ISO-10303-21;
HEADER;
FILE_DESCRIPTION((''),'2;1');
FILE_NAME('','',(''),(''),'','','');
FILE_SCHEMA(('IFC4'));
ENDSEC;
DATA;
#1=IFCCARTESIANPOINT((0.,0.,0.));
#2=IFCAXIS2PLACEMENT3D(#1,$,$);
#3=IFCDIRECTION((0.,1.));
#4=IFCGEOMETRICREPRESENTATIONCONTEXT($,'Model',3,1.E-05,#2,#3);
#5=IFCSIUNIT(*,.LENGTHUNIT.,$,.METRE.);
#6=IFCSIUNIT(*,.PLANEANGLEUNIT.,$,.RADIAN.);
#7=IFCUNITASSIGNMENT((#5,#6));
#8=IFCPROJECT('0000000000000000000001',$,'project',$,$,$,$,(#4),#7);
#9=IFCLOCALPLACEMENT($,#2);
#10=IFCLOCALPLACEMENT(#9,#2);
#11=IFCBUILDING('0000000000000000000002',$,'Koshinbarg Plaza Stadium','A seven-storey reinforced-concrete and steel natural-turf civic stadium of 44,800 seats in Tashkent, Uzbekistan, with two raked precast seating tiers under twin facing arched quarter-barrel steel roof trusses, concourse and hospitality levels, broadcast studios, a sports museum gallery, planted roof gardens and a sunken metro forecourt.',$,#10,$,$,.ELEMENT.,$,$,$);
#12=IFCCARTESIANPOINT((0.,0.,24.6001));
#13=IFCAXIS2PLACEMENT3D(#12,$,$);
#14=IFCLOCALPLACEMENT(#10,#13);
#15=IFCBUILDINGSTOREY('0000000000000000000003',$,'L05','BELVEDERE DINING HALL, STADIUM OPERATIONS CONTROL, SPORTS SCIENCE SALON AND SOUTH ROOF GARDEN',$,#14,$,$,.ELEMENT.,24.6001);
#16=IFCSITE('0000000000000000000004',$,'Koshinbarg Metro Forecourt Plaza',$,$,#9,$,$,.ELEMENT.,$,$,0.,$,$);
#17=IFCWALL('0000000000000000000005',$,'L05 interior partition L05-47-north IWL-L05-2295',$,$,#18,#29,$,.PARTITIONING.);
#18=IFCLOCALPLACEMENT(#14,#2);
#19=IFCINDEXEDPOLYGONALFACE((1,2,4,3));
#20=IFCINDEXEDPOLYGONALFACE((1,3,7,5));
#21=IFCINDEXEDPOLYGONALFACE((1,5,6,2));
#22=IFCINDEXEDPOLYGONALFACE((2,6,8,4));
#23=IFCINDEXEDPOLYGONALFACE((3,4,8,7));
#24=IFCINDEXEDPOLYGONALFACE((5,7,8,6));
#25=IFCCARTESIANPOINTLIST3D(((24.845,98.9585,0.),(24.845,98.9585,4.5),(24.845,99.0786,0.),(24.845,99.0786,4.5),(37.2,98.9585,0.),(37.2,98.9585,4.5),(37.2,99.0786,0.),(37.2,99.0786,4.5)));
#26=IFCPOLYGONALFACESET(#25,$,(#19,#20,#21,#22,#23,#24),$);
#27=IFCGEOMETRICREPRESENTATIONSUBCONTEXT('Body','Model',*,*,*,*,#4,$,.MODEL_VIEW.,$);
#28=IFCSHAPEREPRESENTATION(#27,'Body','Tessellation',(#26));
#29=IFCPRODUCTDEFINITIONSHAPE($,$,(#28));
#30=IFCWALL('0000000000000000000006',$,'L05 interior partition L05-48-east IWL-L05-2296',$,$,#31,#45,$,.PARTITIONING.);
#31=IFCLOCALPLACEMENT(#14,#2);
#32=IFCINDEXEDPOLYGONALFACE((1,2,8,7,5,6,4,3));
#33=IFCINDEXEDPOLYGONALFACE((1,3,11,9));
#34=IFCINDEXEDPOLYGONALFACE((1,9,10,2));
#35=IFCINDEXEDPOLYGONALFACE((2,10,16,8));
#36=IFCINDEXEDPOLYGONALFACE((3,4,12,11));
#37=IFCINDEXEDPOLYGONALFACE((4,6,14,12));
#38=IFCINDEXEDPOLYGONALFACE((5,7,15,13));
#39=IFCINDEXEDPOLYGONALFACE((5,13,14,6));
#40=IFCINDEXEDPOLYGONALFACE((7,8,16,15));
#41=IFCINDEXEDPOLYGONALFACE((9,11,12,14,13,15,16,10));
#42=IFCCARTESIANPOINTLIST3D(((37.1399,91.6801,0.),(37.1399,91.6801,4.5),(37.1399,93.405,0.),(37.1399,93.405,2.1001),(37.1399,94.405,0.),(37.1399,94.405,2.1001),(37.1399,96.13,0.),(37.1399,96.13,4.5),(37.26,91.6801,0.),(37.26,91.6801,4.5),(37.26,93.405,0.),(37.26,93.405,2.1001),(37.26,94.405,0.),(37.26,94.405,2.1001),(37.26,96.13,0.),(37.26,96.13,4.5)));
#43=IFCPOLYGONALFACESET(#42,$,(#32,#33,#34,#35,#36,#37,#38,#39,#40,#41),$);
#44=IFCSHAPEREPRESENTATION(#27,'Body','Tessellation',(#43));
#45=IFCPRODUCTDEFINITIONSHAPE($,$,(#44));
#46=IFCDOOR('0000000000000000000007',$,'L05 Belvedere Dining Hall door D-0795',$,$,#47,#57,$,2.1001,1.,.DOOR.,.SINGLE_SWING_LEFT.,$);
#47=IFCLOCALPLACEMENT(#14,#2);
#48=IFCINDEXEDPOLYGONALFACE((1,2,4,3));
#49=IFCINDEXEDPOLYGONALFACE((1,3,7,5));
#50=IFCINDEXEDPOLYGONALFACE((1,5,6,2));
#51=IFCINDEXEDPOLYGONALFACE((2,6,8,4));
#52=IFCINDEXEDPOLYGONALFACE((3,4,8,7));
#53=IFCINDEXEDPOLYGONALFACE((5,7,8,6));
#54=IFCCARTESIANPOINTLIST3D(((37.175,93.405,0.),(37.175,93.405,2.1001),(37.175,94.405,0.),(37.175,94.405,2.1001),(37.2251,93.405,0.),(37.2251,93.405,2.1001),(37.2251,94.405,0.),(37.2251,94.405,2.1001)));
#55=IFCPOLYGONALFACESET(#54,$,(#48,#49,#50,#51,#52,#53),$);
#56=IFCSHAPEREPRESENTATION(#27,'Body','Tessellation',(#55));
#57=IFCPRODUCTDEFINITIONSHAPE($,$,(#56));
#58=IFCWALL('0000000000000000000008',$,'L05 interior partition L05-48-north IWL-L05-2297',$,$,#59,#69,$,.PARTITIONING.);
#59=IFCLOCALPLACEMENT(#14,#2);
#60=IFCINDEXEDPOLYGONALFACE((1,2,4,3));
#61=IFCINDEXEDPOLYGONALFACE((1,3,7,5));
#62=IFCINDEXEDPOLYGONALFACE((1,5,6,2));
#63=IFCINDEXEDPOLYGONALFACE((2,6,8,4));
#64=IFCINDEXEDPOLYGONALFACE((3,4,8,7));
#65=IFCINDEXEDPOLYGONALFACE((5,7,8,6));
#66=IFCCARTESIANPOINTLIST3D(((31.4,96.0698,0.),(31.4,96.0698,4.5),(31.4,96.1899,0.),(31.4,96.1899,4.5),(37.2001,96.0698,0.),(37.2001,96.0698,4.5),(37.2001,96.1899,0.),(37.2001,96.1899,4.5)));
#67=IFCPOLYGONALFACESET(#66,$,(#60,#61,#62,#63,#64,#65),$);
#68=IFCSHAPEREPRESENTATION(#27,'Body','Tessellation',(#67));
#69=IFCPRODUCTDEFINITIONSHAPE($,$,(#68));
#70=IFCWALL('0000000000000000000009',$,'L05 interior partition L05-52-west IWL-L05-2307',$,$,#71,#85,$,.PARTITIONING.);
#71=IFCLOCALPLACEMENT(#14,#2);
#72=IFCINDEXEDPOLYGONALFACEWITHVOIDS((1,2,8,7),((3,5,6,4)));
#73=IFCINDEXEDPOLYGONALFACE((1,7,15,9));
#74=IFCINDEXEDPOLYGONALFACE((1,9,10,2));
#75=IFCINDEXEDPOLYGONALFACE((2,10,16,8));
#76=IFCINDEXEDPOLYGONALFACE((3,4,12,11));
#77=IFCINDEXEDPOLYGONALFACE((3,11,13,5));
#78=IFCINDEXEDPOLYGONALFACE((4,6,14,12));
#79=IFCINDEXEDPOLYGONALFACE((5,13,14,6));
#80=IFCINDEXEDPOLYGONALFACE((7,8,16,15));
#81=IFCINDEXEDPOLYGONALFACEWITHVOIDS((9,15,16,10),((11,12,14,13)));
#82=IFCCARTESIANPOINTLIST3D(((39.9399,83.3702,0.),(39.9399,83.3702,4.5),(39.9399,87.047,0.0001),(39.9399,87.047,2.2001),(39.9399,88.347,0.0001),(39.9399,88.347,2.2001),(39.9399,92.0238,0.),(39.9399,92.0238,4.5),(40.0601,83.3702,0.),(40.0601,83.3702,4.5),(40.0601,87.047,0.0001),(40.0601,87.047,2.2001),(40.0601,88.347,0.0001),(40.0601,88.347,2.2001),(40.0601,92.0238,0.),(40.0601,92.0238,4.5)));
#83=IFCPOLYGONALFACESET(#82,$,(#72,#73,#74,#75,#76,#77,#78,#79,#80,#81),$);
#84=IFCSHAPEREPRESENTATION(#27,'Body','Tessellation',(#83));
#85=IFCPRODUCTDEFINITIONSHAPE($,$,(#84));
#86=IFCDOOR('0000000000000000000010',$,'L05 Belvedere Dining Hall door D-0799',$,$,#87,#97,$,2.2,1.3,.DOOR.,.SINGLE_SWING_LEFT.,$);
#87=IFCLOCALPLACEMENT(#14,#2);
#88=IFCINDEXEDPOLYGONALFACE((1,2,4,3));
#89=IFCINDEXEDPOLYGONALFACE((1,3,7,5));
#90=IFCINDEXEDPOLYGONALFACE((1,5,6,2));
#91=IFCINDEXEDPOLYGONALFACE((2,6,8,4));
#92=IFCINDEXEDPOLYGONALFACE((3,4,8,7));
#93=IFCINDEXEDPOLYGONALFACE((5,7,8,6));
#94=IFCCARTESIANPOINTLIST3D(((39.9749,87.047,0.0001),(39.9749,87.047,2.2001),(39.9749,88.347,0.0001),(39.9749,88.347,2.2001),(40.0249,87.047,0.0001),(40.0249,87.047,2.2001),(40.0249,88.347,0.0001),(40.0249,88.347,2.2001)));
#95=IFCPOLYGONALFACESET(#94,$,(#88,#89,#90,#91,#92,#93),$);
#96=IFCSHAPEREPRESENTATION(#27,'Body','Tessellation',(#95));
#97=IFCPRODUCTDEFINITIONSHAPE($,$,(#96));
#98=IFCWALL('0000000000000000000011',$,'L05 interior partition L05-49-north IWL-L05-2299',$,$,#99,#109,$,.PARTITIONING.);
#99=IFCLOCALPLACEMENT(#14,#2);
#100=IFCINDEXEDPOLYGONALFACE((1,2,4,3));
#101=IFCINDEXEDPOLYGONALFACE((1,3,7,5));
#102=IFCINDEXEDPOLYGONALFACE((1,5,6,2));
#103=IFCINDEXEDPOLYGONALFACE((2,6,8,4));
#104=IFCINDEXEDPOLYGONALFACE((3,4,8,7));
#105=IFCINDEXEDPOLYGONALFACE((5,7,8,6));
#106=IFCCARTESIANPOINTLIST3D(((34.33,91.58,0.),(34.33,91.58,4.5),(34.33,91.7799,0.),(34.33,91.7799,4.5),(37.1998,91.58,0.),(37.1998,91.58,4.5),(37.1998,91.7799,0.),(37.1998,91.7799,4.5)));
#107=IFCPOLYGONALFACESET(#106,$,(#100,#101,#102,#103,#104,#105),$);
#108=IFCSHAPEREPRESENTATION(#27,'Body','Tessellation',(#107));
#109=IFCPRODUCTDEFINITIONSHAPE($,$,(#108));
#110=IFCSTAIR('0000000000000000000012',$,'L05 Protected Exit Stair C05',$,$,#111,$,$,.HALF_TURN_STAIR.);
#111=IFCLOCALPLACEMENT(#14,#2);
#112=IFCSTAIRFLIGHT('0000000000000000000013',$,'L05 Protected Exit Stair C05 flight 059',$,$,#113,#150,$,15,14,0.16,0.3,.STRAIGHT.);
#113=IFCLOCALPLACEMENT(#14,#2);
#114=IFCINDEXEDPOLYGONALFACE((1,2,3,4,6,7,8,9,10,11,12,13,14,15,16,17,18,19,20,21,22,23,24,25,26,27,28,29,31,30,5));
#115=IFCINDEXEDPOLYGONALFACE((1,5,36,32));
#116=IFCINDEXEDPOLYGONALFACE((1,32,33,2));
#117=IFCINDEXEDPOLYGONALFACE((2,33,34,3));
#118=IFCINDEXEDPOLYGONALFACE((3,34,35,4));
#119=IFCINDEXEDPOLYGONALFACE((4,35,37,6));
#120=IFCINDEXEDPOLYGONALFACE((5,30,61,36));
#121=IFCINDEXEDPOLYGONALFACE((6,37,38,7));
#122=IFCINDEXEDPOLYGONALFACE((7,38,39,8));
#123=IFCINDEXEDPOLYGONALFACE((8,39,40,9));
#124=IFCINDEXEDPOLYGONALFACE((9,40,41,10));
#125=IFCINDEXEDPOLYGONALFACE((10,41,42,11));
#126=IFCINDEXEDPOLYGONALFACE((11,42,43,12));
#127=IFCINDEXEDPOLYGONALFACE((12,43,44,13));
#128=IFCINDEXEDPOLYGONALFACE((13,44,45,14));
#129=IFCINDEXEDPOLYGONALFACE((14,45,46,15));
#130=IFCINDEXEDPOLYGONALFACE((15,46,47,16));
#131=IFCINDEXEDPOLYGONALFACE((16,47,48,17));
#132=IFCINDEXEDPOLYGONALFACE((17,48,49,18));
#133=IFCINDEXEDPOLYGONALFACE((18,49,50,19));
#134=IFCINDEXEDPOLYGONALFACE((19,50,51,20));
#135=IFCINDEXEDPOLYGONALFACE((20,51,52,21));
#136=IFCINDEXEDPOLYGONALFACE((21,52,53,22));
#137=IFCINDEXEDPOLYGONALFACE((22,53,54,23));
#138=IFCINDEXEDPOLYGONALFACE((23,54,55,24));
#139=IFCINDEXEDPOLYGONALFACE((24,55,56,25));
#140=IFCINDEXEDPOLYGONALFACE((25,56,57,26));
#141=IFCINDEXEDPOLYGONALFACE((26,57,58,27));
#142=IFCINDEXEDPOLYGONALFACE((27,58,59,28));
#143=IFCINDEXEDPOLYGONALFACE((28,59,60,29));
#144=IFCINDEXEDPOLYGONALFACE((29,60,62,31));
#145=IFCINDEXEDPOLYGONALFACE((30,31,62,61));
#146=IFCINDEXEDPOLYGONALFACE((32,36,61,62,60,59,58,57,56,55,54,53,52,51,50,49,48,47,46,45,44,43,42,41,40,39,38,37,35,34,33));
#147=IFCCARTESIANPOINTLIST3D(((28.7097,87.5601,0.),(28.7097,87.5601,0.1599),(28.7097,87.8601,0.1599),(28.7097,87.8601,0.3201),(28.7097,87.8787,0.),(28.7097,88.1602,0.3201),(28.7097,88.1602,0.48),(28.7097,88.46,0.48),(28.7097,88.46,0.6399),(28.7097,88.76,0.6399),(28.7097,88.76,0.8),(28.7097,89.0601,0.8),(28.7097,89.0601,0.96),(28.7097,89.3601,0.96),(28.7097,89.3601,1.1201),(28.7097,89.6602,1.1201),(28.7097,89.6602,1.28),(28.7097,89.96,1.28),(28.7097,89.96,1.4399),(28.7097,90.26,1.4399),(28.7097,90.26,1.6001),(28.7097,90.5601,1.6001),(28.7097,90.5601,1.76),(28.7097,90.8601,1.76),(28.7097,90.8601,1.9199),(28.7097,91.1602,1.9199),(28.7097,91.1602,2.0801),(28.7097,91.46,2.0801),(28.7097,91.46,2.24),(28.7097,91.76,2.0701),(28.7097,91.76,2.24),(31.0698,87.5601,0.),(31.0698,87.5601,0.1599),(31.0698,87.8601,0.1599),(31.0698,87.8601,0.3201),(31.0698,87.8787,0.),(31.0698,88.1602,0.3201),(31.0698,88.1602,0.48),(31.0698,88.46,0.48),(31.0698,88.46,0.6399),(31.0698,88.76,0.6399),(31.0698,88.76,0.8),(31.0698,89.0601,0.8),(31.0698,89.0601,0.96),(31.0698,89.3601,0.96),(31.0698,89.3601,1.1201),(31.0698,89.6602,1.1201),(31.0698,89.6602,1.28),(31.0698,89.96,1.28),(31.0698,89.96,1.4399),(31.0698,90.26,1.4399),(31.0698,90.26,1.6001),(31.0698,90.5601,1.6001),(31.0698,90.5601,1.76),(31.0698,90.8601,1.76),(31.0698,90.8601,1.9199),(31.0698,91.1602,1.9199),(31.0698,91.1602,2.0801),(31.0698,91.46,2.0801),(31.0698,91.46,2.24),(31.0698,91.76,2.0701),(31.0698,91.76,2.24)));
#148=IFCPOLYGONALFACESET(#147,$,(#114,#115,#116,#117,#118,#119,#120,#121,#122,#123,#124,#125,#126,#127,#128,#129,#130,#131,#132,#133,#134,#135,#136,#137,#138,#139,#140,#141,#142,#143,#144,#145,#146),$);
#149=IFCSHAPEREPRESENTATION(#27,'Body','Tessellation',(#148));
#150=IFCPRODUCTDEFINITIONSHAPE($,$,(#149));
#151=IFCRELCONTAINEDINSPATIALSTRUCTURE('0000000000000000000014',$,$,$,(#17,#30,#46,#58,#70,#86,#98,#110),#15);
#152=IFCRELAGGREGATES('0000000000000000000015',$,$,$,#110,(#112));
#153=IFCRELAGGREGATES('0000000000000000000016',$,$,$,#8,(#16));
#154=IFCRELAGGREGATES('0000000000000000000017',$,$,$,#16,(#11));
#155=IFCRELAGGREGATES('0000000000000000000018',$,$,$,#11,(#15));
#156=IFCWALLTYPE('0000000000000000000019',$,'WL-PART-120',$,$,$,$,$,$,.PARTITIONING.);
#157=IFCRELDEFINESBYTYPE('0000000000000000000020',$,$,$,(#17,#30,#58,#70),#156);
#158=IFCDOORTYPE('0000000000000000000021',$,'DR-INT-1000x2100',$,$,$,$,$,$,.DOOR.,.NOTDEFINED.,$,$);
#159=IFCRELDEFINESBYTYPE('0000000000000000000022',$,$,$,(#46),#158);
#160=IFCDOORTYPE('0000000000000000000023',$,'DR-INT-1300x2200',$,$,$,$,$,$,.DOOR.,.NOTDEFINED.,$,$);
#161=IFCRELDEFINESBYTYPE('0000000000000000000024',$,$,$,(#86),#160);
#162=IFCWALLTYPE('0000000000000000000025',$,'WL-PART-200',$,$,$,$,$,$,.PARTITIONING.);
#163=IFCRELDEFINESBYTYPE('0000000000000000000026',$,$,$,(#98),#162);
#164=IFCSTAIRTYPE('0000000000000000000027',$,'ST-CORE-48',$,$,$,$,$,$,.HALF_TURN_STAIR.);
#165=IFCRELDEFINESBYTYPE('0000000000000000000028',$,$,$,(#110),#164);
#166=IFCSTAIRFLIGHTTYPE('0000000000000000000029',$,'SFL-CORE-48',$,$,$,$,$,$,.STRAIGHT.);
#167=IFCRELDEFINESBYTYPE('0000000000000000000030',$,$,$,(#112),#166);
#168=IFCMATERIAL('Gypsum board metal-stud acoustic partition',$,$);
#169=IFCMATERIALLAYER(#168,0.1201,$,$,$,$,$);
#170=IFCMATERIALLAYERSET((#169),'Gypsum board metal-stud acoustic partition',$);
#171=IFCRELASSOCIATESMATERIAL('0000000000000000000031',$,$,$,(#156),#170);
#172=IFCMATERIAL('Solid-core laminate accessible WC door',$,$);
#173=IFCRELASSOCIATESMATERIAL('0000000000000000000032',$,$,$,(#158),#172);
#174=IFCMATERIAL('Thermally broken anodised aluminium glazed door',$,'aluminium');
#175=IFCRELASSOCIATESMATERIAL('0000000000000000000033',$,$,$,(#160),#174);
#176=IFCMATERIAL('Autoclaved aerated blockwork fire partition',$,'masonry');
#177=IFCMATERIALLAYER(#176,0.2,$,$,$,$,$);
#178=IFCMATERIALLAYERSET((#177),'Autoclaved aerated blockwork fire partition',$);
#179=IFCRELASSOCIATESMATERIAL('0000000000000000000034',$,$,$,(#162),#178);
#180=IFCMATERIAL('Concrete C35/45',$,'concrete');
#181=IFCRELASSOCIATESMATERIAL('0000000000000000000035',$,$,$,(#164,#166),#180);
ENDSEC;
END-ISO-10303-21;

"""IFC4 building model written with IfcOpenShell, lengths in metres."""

from ifc_helpers import new_model, si_unit, direction, frame, frame_2d, origin, place, context, subcontext, project, spatial, polyline, rectangle, outline, extrude, material, layer, layer_set, type_object, element, fill, aggregate, save


model = new_model("IFC4")

# Units and contexts
model_context = context("Model", 3, precision=1e-05, world=origin(), true_north=direction((0.0, 1.0)))
body_context = subcontext(model_context, "Body", "Model", "MODEL_VIEW")
ifc_project = project(units=[si_unit("LENGTHUNIT", "METRE"), si_unit("PLANEANGLEUNIT", "RADIAN")], contexts=[model_context])

# Site, building, storey
site_placement = place(None, origin())
site = spatial("IfcSite", under=ifc_project, at=site_placement, Name="Koshinbarg Metro Forecourt Plaza", CompositionType="ELEMENT", RefElevation=0.0)
building_placement = place(site_placement, origin())
building = spatial("IfcBuilding", under=site, at=building_placement, Name="Koshinbarg Plaza Stadium", Description="A seven-storey reinforced-concrete and steel natural-turf civic stadium of 44,800 seats in Tashkent, Uzbekistan, with two raked precast seating tiers under twin facing arched quarter-barrel steel roof trusses, concourse and hospitality levels, broadcast studios, a sports museum gallery, planted roof gardens and a sunken metro forecourt.", CompositionType="ELEMENT")
storey_placement = place(building_placement, frame((0.0, 0.0, 24.6001)))
storey = spatial("IfcBuildingStorey", under=building, at=storey_placement, Name="L05", Description="BELVEDERE DINING HALL, STADIUM OPERATIONS CONTROL, SPORTS SCIENCE SALON AND SOUTH ROOF GARDEN", CompositionType="ELEMENT", Elevation=24.6001)

# Shared definitions
ifc_material_1 = material(Name="Gypsum board metal-stud acoustic partition")
ifc_layer_1 = layer(ifc_material_1, 0.1201)
ifc_layer_set_1 = layer_set([ifc_layer_1], Name="Gypsum board metal-stud acoustic partition")
wall_type_1 = type_object("IfcWallType", Name="WL-PART-120", PredefinedType="PARTITIONING", material=ifc_layer_set_1)

# Wall
wall_1_placement = place(storey_placement, frame((37.2, 99.0186, 0.0), z_axis=(0.0, 0.0, 1.0), x_axis=(-1.0, 0.0, 0.0)))
element("IfcWall", 1, at=wall_1_placement, inside=storey, type_object=wall_type_1, Name="L05 interior partition L05-47-north IWL-L05-2295", PredefinedType="PARTITIONING", context=body_context, shape_type="SweptSolid", body=[
    extrude(rectangle(XDim=12.355, YDim=0.1201, at=frame_2d((6.1775, 0.0))), origin(), (0.0, 0.0, 1.0), 4.5),
])

# Wall, opening, door
wall_2_placement = place(storey_placement, frame((37.2, 91.6799, 0.0), z_axis=(0.0, 0.0, 1.0), x_axis=(0.0, 1.0, 0.0)))
wall_2 = element("IfcWall", 2, at=wall_2_placement, inside=storey, type_object=wall_type_1, Name="L05 interior partition L05-48-east IWL-L05-2296", PredefinedType="PARTITIONING", context=body_context, shape_type="SweptSolid", body=[
    extrude(rectangle(XDim=4.45, YDim=0.1201, at=frame_2d((2.2251, 0.0))), origin(), (0.0, 0.0, 1.0), 4.5),
])
opening_1_placement = place(wall_2_placement, frame((1.7251, 0.0, 0.0)))
opening_1 = element("IfcOpeningElement", 3, at=opening_1_placement, cuts=wall_2, PredefinedType="OPENING", context=body_context, shape_type="SweptSolid", body=[
    extrude(rectangle(XDim=1.0, YDim=2.1001, at=frame_2d((0.5, 1.05))), frame((0.0, 0.0701, 0.0), z_axis=(0.0, -1.0, 0.0), x_axis=(1.0, 0.0, 0.0)), (0.0, 0.0, 1.0), 0.1401),
])
ifc_material_2 = material(Name="Solid-core laminate accessible WC door")
door_type_1 = type_object("IfcDoorType", Name="DR-INT-1000x2100", OperationType="NOTDEFINED", PredefinedType="DOOR", material=ifc_material_2)
door_1_placement = place(opening_1_placement, origin())
door_1 = element("IfcDoor", 4, at=door_1_placement, inside=storey, type_object=door_type_1, Name="L05 Belvedere Dining Hall door D-0795", OperationType="SINGLE_SWING_LEFT", OverallHeight=2.1001, OverallWidth=1.0, PredefinedType="DOOR", context=body_context, shape_type="SweptSolid", body=[
    extrude(rectangle(XDim=1.0, YDim=2.1001, at=frame_2d((0.5, 1.05))), frame((0.0, 0.0249, 0.0), z_axis=(0.0, -1.0, 0.0), x_axis=(1.0, 0.0, 0.0)), (0.0, 0.0, 1.0), 0.05),
])
fill(opening_1, door_1)

# Wall
wall_3_placement = place(storey_placement, frame((37.2, 96.1299, 0.0), z_axis=(0.0, 0.0, 1.0), x_axis=(-1.0, 0.0, 0.0)))
element("IfcWall", 5, at=wall_3_placement, inside=storey, type_object=wall_type_1, Name="L05 interior partition L05-48-north IWL-L05-2297", PredefinedType="PARTITIONING", context=body_context, shape_type="SweptSolid", body=[
    extrude(rectangle(XDim=5.8, YDim=0.1201, at=frame_2d((2.8999, 0.0))), origin(), (0.0, 0.0, 1.0), 4.5),
])

# Wall, opening, door
wall_4_placement = place(storey_placement, frame((40.0, 92.0237, 0.0), z_axis=(0.0, 0.0, 1.0), x_axis=(0.0, -1.0, 0.0)))
wall_4 = element("IfcWall", 6, at=wall_4_placement, inside=storey, type_object=wall_type_1, Name="L05 interior partition L05-52-west IWL-L05-2307", PredefinedType="PARTITIONING", context=body_context, shape_type="SweptSolid", body=[
    extrude(rectangle(XDim=8.6536, YDim=0.1201, at=frame_2d((4.3267, 0.0))), origin(), (0.0, 0.0, 1.0), 4.5),
])
opening_2_placement = place(wall_4_placement, frame((3.6768, 0.0, 0.0)))
opening_2 = element("IfcOpeningElement", 7, at=opening_2_placement, cuts=wall_4, PredefinedType="OPENING", context=body_context, shape_type="SweptSolid", body=[
    extrude(rectangle(XDim=1.3, YDim=2.2, at=frame_2d((0.6499, 1.1001))), frame((0.0, 0.0701, 0.0), z_axis=(0.0, -1.0, 0.0), x_axis=(1.0, 0.0, 0.0)), (0.0, 0.0, 1.0), 0.1401),
])
ifc_material_3 = material(Name="Thermally broken anodised aluminium glazed door", Category="aluminium")
door_type_2 = type_object("IfcDoorType", Name="DR-INT-1300x2200", OperationType="NOTDEFINED", PredefinedType="DOOR", material=ifc_material_3)
door_2_placement = place(opening_2_placement, origin())
door_2 = element("IfcDoor", 8, at=door_2_placement, inside=storey, type_object=door_type_2, Name="L05 Belvedere Dining Hall door D-0799", OperationType="SINGLE_SWING_LEFT", OverallHeight=2.2, OverallWidth=1.3, PredefinedType="DOOR", context=body_context, shape_type="SweptSolid", body=[
    extrude(rectangle(XDim=1.3, YDim=2.2, at=frame_2d((0.6499, 1.1001))), frame((0.0, 0.0249, 0.0), z_axis=(0.0, -1.0, 0.0), x_axis=(1.0, 0.0, 0.0)), (0.0, 0.0, 1.0), 0.05),
])
fill(opening_2, door_2)
ifc_material_4 = material(Name="Autoclaved aerated blockwork fire partition", Category="masonry")
ifc_layer_2 = layer(ifc_material_4, 0.2)
ifc_layer_set_2 = layer_set([ifc_layer_2], Name="Autoclaved aerated blockwork fire partition")
wall_type_2 = type_object("IfcWallType", Name="WL-PART-200", PredefinedType="PARTITIONING", material=ifc_layer_set_2)

# Wall
wall_5_placement = place(storey_placement, frame((37.2, 91.6799, 0.0), z_axis=(0.0, 0.0, 1.0), x_axis=(-1.0, 0.0, 0.0)))
element("IfcWall", 9, at=wall_5_placement, inside=storey, type_object=wall_type_2, Name="L05 interior partition L05-49-north IWL-L05-2299", PredefinedType="PARTITIONING", context=body_context, shape_type="SweptSolid", body=[
    extrude(rectangle(XDim=2.8699, YDim=0.2, at=frame_2d((1.4351, 0.0))), origin(), (0.0, 0.0, 1.0), 4.5),
])

# Stair, stair flight
ifc_material_5 = material(Name="Concrete C35/45", Category="concrete")
stair_type = type_object("IfcStairType", Name="ST-CORE-48", PredefinedType="HALF_TURN_STAIR", material=ifc_material_5)
stair_placement = place(storey_placement, origin())
stair = element("IfcStair", 10, at=stair_placement, inside=storey, type_object=stair_type, Name="L05 Protected Exit Stair C05", PredefinedType="HALF_TURN_STAIR")
stair_flight_type = type_object("IfcStairFlightType", Name="SFL-CORE-48", PredefinedType="STRAIGHT", material=ifc_material_5)
stair_flight_placement = place(storey_placement, frame((29.8899, 87.5601, 0.0), z_axis=(0.0, 0.0, 1.0), x_axis=(0.0, 1.0, 0.0)))
stair_flight = element("IfcStairFlight", 11, at=stair_flight_placement, type_object=stair_flight_type, Name="L05 Protected Exit Stair C05 flight 059", NumberOfRisers=15, NumberOfTreads=14, PredefinedType="STRAIGHT", RiserHeight=0.16, TreadLength=0.3, context=body_context, shape_type="SweptSolid", body=[
    extrude(outline(polyline([(0.0, 0.0), (0.0, 0.1599), (0.3, 0.1599), (0.3, 0.3201), (0.6001, 0.3201), (0.6001, 0.48), (0.8999, 0.48), (0.8999, 0.6399), (1.2, 0.6399), (1.2, 0.8), (1.5, 0.8), (1.5, 0.96), (1.8, 0.96), (1.8, 1.1201), (2.1001, 1.1201), (2.1001, 1.28), (2.3999, 1.28), (2.3999, 1.4399), (2.7, 1.4399), (2.7, 1.6001), (3.0, 1.6001), (3.0, 1.76), (3.3, 1.76), (3.3, 1.9199), (3.6001, 1.9199), (3.6001, 2.0801), (3.8999, 2.0801), (3.8999, 2.24), (4.2, 2.24), (4.2, 2.3999), (4.2, 2.0701), (0.3186, 0.0), (0.0, 0.0)])), frame((0.0, 1.1802, 0.0), z_axis=(0.0, -1.0, 0.0), x_axis=(1.0, 0.0, 0.0)), (0.0, 0.0, 1.0), 2.3601),
])
aggregate(stair, [stair_flight])

save(model, "model.ifc")
